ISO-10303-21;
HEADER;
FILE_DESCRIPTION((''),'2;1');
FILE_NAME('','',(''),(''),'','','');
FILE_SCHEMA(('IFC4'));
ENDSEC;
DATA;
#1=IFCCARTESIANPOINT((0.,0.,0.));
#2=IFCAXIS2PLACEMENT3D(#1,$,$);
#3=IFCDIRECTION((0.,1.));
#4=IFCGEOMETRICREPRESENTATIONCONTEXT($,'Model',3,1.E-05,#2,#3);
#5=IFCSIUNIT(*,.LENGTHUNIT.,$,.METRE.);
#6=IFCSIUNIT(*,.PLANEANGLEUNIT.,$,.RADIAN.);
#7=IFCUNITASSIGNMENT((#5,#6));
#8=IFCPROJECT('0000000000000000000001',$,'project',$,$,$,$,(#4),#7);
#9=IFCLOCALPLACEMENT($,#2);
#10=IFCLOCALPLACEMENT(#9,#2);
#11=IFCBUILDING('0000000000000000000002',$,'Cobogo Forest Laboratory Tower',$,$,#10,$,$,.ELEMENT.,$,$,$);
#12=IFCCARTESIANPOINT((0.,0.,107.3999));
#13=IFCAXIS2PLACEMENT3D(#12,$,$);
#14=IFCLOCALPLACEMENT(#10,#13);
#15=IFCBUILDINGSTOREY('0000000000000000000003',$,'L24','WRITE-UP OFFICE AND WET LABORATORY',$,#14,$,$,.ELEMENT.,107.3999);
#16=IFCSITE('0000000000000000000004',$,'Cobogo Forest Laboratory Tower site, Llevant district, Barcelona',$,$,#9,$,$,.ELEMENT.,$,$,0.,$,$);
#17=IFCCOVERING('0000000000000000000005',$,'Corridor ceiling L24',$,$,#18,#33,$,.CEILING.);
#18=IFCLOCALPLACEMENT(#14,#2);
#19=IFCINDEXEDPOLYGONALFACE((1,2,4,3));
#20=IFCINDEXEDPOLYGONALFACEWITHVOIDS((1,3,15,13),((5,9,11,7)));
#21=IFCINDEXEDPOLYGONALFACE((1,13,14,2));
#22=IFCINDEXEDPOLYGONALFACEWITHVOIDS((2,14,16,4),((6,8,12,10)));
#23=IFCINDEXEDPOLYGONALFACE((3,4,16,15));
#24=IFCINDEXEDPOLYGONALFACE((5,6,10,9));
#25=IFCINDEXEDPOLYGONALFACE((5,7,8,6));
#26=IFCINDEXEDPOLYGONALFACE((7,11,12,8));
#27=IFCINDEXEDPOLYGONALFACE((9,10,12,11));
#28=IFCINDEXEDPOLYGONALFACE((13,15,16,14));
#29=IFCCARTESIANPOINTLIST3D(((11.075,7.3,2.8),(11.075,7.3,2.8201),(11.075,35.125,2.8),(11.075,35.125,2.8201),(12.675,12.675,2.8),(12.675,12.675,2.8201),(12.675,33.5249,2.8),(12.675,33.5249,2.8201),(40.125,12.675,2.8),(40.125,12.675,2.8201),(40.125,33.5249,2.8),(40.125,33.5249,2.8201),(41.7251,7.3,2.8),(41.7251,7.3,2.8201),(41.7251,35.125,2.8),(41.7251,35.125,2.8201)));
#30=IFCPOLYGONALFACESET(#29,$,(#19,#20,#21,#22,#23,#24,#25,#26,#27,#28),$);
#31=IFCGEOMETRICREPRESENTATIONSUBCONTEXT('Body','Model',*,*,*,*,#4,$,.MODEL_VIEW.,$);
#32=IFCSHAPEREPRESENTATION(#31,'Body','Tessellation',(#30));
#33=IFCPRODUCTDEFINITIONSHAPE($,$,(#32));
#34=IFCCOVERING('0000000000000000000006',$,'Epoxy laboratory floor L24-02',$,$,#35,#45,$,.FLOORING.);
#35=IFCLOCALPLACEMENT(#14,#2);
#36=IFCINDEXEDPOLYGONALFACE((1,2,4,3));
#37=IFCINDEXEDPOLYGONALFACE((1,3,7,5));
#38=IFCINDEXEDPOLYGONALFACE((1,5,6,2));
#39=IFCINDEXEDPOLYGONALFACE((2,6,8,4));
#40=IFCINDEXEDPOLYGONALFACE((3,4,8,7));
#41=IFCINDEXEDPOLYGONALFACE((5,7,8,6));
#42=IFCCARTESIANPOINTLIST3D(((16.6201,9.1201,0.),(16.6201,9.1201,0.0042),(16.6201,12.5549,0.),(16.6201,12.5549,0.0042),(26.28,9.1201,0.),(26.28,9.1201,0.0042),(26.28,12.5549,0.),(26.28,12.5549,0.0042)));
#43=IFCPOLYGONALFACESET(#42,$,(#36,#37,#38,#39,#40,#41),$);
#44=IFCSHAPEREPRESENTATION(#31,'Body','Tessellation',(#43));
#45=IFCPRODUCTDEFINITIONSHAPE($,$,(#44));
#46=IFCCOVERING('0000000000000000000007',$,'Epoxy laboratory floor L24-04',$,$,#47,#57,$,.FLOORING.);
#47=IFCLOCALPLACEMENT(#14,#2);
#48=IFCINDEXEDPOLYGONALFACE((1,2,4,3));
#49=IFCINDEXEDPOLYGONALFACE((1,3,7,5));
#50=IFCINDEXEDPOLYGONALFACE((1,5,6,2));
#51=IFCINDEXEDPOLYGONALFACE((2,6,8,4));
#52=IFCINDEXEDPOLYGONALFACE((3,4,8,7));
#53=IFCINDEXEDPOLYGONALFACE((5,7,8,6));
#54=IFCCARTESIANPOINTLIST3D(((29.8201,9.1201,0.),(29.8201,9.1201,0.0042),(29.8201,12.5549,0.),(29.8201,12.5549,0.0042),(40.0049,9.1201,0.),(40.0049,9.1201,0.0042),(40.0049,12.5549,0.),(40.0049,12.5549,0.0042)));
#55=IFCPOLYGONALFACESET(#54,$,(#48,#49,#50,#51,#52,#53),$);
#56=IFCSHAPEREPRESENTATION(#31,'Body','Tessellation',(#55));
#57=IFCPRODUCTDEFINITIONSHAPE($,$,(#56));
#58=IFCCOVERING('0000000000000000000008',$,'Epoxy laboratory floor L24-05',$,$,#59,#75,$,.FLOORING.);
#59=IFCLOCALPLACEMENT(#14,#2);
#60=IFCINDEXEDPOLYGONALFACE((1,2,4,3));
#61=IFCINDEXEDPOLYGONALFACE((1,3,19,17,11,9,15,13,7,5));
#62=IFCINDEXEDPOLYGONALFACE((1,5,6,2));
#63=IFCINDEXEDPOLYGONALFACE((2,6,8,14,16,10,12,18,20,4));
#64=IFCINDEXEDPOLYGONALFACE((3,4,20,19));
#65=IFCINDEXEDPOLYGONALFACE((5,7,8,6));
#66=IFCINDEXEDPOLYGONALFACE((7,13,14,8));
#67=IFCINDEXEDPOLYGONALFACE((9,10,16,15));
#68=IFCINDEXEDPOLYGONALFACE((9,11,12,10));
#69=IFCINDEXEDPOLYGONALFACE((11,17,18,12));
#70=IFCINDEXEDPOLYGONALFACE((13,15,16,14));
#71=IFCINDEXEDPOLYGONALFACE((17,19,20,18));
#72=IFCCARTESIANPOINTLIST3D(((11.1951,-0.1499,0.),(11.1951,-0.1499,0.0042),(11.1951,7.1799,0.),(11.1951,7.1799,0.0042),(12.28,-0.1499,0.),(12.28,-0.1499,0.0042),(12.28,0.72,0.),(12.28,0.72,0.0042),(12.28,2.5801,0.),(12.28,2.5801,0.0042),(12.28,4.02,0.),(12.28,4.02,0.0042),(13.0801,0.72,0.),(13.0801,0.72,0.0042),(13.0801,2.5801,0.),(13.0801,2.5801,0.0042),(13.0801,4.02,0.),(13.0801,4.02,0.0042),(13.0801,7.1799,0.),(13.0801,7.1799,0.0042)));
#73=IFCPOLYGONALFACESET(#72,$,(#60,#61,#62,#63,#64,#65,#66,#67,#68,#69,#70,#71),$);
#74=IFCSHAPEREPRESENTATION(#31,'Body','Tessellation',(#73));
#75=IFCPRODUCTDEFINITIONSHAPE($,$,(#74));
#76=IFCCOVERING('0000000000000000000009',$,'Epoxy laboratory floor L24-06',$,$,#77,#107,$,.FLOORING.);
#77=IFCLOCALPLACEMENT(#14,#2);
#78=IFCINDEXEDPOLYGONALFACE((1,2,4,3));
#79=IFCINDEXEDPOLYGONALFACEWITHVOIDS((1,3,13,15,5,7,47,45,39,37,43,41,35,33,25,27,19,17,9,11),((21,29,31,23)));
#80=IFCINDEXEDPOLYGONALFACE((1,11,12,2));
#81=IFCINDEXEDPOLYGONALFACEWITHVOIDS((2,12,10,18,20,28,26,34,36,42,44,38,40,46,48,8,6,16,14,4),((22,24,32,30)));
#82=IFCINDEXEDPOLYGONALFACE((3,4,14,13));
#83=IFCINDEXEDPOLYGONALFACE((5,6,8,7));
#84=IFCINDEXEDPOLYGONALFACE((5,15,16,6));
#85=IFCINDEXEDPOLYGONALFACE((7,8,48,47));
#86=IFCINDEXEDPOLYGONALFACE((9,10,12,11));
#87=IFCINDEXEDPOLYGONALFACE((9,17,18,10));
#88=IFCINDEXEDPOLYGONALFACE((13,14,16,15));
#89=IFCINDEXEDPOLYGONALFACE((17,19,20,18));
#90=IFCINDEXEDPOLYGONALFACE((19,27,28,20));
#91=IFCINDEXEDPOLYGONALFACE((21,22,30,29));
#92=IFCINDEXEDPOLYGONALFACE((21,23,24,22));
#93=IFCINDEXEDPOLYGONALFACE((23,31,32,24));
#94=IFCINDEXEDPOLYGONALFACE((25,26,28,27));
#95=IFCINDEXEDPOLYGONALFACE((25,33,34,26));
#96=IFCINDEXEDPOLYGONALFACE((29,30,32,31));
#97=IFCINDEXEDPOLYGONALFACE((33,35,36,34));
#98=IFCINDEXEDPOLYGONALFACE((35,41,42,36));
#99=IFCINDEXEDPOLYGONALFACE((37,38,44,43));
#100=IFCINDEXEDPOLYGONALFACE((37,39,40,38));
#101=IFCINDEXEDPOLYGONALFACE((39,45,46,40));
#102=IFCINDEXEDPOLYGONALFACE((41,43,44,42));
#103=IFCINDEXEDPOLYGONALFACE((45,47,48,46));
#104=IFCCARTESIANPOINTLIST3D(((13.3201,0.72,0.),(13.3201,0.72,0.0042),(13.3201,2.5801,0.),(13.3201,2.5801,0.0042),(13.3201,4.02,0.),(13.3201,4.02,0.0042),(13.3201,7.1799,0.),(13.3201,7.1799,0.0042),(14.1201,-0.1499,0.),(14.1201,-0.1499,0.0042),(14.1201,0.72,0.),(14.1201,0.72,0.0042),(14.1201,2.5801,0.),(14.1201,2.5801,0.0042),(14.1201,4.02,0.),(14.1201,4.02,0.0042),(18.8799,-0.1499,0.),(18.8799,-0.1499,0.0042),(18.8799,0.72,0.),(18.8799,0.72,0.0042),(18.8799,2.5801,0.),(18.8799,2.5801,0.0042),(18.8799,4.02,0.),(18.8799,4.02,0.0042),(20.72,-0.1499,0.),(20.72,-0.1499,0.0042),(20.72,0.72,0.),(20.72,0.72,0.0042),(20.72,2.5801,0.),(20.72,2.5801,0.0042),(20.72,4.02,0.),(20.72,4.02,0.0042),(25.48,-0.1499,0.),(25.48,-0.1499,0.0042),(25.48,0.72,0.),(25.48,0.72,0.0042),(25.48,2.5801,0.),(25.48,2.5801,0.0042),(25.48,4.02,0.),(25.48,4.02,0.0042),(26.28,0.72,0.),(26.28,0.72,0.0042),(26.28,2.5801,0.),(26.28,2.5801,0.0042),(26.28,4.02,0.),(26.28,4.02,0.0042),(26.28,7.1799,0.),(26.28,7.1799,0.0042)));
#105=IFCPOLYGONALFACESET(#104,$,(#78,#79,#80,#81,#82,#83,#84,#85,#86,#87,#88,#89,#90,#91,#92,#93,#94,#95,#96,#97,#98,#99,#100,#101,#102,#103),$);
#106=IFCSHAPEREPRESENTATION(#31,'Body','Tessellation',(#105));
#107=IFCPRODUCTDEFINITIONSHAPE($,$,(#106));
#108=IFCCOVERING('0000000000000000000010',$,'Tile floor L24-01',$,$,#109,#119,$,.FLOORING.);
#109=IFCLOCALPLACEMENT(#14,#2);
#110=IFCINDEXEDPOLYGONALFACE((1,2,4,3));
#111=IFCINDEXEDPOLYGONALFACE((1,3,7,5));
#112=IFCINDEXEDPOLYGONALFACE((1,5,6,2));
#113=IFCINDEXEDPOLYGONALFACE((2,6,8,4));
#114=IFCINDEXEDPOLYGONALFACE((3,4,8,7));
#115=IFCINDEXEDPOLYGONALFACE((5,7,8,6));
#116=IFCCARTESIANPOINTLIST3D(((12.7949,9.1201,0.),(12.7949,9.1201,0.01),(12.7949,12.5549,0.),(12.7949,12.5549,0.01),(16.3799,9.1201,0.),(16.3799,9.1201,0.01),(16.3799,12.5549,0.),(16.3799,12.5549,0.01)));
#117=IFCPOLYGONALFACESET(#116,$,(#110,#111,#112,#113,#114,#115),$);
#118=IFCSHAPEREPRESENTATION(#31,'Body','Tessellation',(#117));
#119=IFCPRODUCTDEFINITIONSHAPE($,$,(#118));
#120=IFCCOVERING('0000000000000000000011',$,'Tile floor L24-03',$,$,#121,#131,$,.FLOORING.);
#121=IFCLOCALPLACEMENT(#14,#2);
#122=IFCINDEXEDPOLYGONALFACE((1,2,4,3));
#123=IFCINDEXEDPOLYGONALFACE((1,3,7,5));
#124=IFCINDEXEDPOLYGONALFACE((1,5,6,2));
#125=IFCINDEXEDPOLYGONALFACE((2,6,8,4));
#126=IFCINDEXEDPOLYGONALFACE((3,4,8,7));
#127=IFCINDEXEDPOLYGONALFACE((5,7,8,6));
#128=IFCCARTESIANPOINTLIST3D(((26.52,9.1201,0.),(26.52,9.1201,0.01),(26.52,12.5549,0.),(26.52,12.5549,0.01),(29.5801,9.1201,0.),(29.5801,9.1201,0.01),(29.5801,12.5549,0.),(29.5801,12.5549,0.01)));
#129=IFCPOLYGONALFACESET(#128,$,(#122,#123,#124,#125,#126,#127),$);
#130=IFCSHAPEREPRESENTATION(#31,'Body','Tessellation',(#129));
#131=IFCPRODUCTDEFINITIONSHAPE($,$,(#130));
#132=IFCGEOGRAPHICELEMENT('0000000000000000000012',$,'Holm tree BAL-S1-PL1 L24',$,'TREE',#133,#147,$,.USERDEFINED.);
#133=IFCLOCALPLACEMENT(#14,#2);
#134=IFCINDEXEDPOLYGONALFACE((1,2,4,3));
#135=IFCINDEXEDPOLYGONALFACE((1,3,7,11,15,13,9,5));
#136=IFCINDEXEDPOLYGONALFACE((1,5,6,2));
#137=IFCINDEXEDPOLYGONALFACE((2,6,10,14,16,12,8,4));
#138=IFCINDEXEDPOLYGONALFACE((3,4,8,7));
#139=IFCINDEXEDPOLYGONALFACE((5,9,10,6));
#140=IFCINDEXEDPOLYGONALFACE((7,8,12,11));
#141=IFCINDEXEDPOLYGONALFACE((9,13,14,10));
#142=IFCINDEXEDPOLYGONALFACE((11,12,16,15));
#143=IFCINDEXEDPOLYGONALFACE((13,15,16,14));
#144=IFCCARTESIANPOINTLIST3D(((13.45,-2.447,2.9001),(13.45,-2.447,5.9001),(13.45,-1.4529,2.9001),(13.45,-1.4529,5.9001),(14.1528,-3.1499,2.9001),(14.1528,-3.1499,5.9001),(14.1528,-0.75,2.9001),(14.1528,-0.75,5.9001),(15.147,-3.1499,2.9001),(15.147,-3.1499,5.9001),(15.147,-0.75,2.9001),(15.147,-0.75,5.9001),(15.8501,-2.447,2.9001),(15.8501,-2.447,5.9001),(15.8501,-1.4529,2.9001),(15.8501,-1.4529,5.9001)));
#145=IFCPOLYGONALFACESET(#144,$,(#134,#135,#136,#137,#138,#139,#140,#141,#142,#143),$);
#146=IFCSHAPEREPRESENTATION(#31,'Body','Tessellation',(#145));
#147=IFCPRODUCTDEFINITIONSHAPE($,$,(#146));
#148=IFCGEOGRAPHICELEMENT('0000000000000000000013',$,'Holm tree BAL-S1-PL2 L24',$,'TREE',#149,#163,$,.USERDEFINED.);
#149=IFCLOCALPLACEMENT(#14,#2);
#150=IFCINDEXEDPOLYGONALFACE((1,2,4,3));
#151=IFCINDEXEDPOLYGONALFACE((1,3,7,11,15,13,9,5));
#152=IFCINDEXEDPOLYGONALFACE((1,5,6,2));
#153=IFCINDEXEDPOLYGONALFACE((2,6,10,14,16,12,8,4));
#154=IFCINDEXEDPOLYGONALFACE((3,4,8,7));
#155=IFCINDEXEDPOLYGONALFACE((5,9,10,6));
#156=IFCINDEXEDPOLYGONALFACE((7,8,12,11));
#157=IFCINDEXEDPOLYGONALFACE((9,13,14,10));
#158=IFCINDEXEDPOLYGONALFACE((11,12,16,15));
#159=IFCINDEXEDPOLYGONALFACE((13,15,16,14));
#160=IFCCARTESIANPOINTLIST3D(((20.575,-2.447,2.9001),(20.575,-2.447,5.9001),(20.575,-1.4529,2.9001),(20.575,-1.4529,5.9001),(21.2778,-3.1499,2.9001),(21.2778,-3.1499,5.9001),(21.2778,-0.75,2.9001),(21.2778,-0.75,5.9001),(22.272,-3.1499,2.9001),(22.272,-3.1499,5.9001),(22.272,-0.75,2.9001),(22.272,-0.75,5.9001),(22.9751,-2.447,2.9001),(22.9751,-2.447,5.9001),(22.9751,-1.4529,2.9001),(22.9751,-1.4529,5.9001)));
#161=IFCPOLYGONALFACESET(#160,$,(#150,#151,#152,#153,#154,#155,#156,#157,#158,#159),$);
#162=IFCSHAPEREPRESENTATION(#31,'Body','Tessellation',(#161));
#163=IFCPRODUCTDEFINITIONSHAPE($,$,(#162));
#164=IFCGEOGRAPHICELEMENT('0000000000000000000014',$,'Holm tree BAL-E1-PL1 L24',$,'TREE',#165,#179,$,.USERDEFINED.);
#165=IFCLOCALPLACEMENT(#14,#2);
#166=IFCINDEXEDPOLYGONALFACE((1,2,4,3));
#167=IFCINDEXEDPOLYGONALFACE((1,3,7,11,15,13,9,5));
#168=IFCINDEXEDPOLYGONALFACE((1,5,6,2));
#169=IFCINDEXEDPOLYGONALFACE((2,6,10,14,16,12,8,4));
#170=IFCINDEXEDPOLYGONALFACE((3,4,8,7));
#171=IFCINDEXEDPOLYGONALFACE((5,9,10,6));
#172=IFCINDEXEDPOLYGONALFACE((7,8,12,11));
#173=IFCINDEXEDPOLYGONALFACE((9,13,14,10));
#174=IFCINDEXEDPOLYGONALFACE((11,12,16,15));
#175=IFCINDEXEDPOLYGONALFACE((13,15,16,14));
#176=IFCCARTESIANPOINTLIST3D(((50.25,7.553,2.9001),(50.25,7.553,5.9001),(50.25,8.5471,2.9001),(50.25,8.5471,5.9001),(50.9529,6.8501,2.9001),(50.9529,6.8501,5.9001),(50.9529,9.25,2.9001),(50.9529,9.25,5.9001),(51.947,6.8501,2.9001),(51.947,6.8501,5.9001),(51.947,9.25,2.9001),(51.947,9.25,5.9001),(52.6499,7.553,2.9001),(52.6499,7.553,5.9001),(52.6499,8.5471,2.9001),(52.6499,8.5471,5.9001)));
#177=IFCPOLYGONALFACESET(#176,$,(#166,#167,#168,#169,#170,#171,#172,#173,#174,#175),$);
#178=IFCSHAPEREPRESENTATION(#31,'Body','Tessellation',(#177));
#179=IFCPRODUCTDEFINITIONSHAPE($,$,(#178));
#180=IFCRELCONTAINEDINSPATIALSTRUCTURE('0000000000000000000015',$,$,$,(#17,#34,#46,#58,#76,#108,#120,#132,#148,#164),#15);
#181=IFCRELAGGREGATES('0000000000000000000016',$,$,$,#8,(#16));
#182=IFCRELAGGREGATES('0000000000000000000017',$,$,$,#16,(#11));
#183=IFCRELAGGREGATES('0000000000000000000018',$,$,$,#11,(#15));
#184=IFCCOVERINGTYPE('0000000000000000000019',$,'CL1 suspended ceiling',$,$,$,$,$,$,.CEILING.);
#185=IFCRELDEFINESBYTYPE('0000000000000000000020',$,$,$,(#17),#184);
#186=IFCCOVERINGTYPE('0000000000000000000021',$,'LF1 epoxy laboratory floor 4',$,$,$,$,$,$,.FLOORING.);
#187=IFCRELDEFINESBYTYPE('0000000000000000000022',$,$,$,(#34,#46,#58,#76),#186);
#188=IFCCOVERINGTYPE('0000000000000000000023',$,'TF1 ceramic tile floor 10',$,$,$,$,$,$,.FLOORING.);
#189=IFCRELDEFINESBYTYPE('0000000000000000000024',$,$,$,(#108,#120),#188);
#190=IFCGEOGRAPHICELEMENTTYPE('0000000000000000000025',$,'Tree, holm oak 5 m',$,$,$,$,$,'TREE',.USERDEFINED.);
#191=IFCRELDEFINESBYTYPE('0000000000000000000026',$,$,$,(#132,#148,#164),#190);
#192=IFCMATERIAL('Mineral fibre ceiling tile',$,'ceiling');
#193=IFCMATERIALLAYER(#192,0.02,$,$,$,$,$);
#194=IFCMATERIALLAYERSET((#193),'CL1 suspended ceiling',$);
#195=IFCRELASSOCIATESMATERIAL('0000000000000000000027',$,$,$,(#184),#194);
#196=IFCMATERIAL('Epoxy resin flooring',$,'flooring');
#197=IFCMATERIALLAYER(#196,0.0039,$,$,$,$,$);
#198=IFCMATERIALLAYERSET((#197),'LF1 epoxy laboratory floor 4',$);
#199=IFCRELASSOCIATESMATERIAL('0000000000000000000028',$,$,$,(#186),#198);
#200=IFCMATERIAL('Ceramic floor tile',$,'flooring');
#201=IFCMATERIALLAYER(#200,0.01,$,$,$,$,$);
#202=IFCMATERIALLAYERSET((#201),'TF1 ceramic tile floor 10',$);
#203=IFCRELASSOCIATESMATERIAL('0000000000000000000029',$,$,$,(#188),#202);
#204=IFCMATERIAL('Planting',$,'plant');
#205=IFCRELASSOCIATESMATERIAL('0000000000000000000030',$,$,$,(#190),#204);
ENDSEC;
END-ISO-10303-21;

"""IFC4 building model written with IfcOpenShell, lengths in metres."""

from ifc_helpers import new_model, si_unit, direction, frame, origin, place, context, subcontext, project, spatial, polyline, outline, extrude, material, layer, layer_set, type_object, element, save


model = new_model("IFC4")

# Units and contexts
model_context = context("Model", 3, precision=1e-05, world=origin(), true_north=direction((0.0, 1.0)))
body_context = subcontext(model_context, "Body", "Model", "MODEL_VIEW")
ifc_project = project(units=[si_unit("LENGTHUNIT", "METRE"), si_unit("PLANEANGLEUNIT", "RADIAN")], contexts=[model_context])

# Site, building, storey
site_placement = place(None, origin())
site = spatial("IfcSite", under=ifc_project, at=site_placement, Name="Cobogo Forest Laboratory Tower site, Llevant district, Barcelona", CompositionType="ELEMENT", RefElevation=0.0)
building_placement = place(site_placement, origin())
building = spatial("IfcBuilding", under=site, at=building_placement, Name="Cobogo Forest Laboratory Tower", CompositionType="ELEMENT")
storey_placement = place(building_placement, frame((0.0, 0.0, 107.3999)))
storey = spatial("IfcBuildingStorey", under=building, at=storey_placement, Name="L24", Description="WRITE-UP OFFICE AND WET LABORATORY", CompositionType="ELEMENT", Elevation=107.3999)

# Coverings
ifc_material_1 = material(Name="Mineral fibre ceiling tile", Category="ceiling")
ifc_layer_1 = layer(ifc_material_1, 0.02)
ifc_layer_set_1 = layer_set([ifc_layer_1], Name="CL1 suspended ceiling")
covering_type_1 = type_object("IfcCoveringType", Name="CL1 suspended ceiling", PredefinedType="CEILING", material=ifc_layer_set_1)
covering_1_placement = place(storey_placement, frame((0.0, 0.0, 2.8)))
element("IfcCovering", 1, at=covering_1_placement, inside=storey, type_object=covering_type_1, Name="Corridor ceiling L24", PredefinedType="CEILING", context=body_context, shape_type="SweptSolid", body=[
    extrude(outline(polyline([(11.075, 7.3), (11.075, 35.125), (41.7251, 35.125), (41.7251, 7.3), (11.075, 7.3)]), holes=[polyline([(40.125, 33.5249), (12.675, 33.5249), (12.675, 12.675), (40.125, 12.675), (40.125, 33.5249)])]), origin(), (0.0, 0.0, 1.0), 0.02),
])
ifc_material_2 = material(Name="Epoxy resin flooring", Category="flooring")
ifc_layer_2 = layer(ifc_material_2, 0.0039)
ifc_layer_set_2 = layer_set([ifc_layer_2], Name="LF1 epoxy laboratory floor 4")
covering_type_2 = type_object("IfcCoveringType", Name="LF1 epoxy laboratory floor 4", PredefinedType="FLOORING", material=ifc_layer_set_2)
covering_2_placement = place(storey_placement, origin())
element("IfcCovering", 2, at=covering_2_placement, inside=storey, type_object=covering_type_2, Name="Epoxy laboratory floor L24-02", PredefinedType="FLOORING", context=body_context, shape_type="SweptSolid", body=[
    extrude(outline(polyline([(26.28, 9.1201), (16.6201, 9.1201), (16.6201, 12.5549), (26.28, 12.5549), (26.28, 9.1201)])), origin(), (0.0, 0.0, 1.0), 0.0042),
])
covering_3_placement = place(storey_placement, origin())
element("IfcCovering", 3, at=covering_3_placement, inside=storey, type_object=covering_type_2, Name="Epoxy laboratory floor L24-04", PredefinedType="FLOORING", context=body_context, shape_type="SweptSolid", body=[
    extrude(outline(polyline([(40.0049, 9.1201), (29.8201, 9.1201), (29.8201, 12.5549), (40.0049, 12.5549), (40.0049, 9.1201)])), origin(), (0.0, 0.0, 1.0), 0.0042),
])
covering_4_placement = place(storey_placement, origin())
element("IfcCovering", 4, at=covering_4_placement, inside=storey, type_object=covering_type_2, Name="Epoxy laboratory floor L24-05", PredefinedType="FLOORING", context=body_context, shape_type="SweptSolid", body=[
    extrude(outline(polyline([(13.0801, 7.1799), (13.0801, 4.02), (12.28, 4.02), (12.28, 2.5801), (13.0801, 2.5801), (13.0801, 0.72), (12.28, 0.72), (12.28, -0.1499), (11.1951, -0.1499), (11.1951, 7.1799), (13.0801, 7.1799)])), origin(), (0.0, 0.0, 1.0), 0.0042),
])
covering_5_placement = place(storey_placement, origin())
element("IfcCovering", 5, at=covering_5_placement, inside=storey, type_object=covering_type_2, Name="Epoxy laboratory floor L24-06", PredefinedType="FLOORING", context=body_context, shape_type="SweptSolid", body=[
    extrude(outline(polyline([(26.28, 7.1799), (26.28, 4.02), (25.48, 4.02), (25.48, 2.5801), (26.28, 2.5801), (26.28, 0.72), (25.48, 0.72), (25.48, -0.1499), (20.72, -0.1499), (20.72, 0.72), (18.8799, 0.72), (18.8799, -0.1499), (14.1201, -0.1499), (14.1201, 0.72), (13.3201, 0.72), (13.3201, 2.5801), (14.1201, 2.5801), (14.1201, 4.02), (13.3201, 4.02), (13.3201, 7.1799), (26.28, 7.1799)]), holes=[polyline([(18.8799, 4.02), (18.8799, 2.5801), (20.72, 2.5801), (20.72, 4.02), (18.8799, 4.02)])]), origin(), (0.0, 0.0, 1.0), 0.0042),
])
ifc_material_3 = material(Name="Ceramic floor tile", Category="flooring")
ifc_layer_3 = layer(ifc_material_3, 0.01)
ifc_layer_set_3 = layer_set([ifc_layer_3], Name="TF1 ceramic tile floor 10")
covering_type_3 = type_object("IfcCoveringType", Name="TF1 ceramic tile floor 10", PredefinedType="FLOORING", material=ifc_layer_set_3)
covering_6_placement = place(storey_placement, origin())
element("IfcCovering", 6, at=covering_6_placement, inside=storey, type_object=covering_type_3, Name="Tile floor L24-01", PredefinedType="FLOORING", context=body_context, shape_type="SweptSolid", body=[
    extrude(outline(polyline([(16.3799, 9.1201), (12.7949, 9.1201), (12.7949, 12.5549), (16.3799, 12.5549), (16.3799, 9.1201)])), origin(), (0.0, 0.0, 1.0), 0.01),
])
covering_7_placement = place(storey_placement, origin())
element("IfcCovering", 7, at=covering_7_placement, inside=storey, type_object=covering_type_3, Name="Tile floor L24-03", PredefinedType="FLOORING", context=body_context, shape_type="SweptSolid", body=[
    extrude(outline(polyline([(29.5801, 9.1201), (26.52, 9.1201), (26.52, 12.5549), (29.5801, 12.5549), (29.5801, 9.1201)])), origin(), (0.0, 0.0, 1.0), 0.01),
])

# Geographic elements
ifc_material_4 = material(Name="Planting", Category="plant")
geographic_element_type = type_object("IfcGeographicElementType", Name="Tree, holm oak 5 m", ElementType="TREE", PredefinedType="USERDEFINED", material=ifc_material_4)
geographic_element_1_placement = place(storey_placement, frame((0.0, 0.0, 2.9001)))
element("IfcGeographicElement", 8, at=geographic_element_1_placement, inside=storey, type_object=geographic_element_type, Name="Holm tree BAL-S1-PL1 L24", ObjectType="TREE", PredefinedType="USERDEFINED", context=body_context, shape_type="SweptSolid", body=[
    extrude(outline(polyline([(15.8501, -2.447), (15.8501, -1.4529), (15.147, -0.75), (14.1528, -0.75), (13.45, -1.4529), (13.45, -2.447), (14.1528, -3.1499), (15.147, -3.1499), (15.8501, -2.447)])), origin(), (0.0, 0.0, 1.0), 3.0),
])
geographic_element_2_placement = place(storey_placement, frame((0.0, 0.0, 2.9001)))
element("IfcGeographicElement", 9, at=geographic_element_2_placement, inside=storey, type_object=geographic_element_type, Name="Holm tree BAL-S1-PL2 L24", ObjectType="TREE", PredefinedType="USERDEFINED", context=body_context, shape_type="SweptSolid", body=[
    extrude(outline(polyline([(22.9751, -2.447), (22.9751, -1.4529), (22.272, -0.75), (21.2778, -0.75), (20.575, -1.4529), (20.575, -2.447), (21.2778, -3.1499), (22.272, -3.1499), (22.9751, -2.447)])), origin(), (0.0, 0.0, 1.0), 3.0),
])
geographic_element_3_placement = place(storey_placement, frame((0.0, 0.0, 2.9001)))
element("IfcGeographicElement", 10, at=geographic_element_3_placement, inside=storey, type_object=geographic_element_type, Name="Holm tree BAL-E1-PL1 L24", ObjectType="TREE", PredefinedType="USERDEFINED", context=body_context, shape_type="SweptSolid", body=[
    extrude(outline(polyline([(52.6499, 7.553), (52.6499, 8.5471), (51.947, 9.25), (50.9529, 9.25), (50.25, 8.5471), (50.25, 7.553), (50.9529, 6.8501), (51.947, 6.8501), (52.6499, 7.553)])), origin(), (0.0, 0.0, 1.0), 3.0),
])

save(model, "model.ifc")
